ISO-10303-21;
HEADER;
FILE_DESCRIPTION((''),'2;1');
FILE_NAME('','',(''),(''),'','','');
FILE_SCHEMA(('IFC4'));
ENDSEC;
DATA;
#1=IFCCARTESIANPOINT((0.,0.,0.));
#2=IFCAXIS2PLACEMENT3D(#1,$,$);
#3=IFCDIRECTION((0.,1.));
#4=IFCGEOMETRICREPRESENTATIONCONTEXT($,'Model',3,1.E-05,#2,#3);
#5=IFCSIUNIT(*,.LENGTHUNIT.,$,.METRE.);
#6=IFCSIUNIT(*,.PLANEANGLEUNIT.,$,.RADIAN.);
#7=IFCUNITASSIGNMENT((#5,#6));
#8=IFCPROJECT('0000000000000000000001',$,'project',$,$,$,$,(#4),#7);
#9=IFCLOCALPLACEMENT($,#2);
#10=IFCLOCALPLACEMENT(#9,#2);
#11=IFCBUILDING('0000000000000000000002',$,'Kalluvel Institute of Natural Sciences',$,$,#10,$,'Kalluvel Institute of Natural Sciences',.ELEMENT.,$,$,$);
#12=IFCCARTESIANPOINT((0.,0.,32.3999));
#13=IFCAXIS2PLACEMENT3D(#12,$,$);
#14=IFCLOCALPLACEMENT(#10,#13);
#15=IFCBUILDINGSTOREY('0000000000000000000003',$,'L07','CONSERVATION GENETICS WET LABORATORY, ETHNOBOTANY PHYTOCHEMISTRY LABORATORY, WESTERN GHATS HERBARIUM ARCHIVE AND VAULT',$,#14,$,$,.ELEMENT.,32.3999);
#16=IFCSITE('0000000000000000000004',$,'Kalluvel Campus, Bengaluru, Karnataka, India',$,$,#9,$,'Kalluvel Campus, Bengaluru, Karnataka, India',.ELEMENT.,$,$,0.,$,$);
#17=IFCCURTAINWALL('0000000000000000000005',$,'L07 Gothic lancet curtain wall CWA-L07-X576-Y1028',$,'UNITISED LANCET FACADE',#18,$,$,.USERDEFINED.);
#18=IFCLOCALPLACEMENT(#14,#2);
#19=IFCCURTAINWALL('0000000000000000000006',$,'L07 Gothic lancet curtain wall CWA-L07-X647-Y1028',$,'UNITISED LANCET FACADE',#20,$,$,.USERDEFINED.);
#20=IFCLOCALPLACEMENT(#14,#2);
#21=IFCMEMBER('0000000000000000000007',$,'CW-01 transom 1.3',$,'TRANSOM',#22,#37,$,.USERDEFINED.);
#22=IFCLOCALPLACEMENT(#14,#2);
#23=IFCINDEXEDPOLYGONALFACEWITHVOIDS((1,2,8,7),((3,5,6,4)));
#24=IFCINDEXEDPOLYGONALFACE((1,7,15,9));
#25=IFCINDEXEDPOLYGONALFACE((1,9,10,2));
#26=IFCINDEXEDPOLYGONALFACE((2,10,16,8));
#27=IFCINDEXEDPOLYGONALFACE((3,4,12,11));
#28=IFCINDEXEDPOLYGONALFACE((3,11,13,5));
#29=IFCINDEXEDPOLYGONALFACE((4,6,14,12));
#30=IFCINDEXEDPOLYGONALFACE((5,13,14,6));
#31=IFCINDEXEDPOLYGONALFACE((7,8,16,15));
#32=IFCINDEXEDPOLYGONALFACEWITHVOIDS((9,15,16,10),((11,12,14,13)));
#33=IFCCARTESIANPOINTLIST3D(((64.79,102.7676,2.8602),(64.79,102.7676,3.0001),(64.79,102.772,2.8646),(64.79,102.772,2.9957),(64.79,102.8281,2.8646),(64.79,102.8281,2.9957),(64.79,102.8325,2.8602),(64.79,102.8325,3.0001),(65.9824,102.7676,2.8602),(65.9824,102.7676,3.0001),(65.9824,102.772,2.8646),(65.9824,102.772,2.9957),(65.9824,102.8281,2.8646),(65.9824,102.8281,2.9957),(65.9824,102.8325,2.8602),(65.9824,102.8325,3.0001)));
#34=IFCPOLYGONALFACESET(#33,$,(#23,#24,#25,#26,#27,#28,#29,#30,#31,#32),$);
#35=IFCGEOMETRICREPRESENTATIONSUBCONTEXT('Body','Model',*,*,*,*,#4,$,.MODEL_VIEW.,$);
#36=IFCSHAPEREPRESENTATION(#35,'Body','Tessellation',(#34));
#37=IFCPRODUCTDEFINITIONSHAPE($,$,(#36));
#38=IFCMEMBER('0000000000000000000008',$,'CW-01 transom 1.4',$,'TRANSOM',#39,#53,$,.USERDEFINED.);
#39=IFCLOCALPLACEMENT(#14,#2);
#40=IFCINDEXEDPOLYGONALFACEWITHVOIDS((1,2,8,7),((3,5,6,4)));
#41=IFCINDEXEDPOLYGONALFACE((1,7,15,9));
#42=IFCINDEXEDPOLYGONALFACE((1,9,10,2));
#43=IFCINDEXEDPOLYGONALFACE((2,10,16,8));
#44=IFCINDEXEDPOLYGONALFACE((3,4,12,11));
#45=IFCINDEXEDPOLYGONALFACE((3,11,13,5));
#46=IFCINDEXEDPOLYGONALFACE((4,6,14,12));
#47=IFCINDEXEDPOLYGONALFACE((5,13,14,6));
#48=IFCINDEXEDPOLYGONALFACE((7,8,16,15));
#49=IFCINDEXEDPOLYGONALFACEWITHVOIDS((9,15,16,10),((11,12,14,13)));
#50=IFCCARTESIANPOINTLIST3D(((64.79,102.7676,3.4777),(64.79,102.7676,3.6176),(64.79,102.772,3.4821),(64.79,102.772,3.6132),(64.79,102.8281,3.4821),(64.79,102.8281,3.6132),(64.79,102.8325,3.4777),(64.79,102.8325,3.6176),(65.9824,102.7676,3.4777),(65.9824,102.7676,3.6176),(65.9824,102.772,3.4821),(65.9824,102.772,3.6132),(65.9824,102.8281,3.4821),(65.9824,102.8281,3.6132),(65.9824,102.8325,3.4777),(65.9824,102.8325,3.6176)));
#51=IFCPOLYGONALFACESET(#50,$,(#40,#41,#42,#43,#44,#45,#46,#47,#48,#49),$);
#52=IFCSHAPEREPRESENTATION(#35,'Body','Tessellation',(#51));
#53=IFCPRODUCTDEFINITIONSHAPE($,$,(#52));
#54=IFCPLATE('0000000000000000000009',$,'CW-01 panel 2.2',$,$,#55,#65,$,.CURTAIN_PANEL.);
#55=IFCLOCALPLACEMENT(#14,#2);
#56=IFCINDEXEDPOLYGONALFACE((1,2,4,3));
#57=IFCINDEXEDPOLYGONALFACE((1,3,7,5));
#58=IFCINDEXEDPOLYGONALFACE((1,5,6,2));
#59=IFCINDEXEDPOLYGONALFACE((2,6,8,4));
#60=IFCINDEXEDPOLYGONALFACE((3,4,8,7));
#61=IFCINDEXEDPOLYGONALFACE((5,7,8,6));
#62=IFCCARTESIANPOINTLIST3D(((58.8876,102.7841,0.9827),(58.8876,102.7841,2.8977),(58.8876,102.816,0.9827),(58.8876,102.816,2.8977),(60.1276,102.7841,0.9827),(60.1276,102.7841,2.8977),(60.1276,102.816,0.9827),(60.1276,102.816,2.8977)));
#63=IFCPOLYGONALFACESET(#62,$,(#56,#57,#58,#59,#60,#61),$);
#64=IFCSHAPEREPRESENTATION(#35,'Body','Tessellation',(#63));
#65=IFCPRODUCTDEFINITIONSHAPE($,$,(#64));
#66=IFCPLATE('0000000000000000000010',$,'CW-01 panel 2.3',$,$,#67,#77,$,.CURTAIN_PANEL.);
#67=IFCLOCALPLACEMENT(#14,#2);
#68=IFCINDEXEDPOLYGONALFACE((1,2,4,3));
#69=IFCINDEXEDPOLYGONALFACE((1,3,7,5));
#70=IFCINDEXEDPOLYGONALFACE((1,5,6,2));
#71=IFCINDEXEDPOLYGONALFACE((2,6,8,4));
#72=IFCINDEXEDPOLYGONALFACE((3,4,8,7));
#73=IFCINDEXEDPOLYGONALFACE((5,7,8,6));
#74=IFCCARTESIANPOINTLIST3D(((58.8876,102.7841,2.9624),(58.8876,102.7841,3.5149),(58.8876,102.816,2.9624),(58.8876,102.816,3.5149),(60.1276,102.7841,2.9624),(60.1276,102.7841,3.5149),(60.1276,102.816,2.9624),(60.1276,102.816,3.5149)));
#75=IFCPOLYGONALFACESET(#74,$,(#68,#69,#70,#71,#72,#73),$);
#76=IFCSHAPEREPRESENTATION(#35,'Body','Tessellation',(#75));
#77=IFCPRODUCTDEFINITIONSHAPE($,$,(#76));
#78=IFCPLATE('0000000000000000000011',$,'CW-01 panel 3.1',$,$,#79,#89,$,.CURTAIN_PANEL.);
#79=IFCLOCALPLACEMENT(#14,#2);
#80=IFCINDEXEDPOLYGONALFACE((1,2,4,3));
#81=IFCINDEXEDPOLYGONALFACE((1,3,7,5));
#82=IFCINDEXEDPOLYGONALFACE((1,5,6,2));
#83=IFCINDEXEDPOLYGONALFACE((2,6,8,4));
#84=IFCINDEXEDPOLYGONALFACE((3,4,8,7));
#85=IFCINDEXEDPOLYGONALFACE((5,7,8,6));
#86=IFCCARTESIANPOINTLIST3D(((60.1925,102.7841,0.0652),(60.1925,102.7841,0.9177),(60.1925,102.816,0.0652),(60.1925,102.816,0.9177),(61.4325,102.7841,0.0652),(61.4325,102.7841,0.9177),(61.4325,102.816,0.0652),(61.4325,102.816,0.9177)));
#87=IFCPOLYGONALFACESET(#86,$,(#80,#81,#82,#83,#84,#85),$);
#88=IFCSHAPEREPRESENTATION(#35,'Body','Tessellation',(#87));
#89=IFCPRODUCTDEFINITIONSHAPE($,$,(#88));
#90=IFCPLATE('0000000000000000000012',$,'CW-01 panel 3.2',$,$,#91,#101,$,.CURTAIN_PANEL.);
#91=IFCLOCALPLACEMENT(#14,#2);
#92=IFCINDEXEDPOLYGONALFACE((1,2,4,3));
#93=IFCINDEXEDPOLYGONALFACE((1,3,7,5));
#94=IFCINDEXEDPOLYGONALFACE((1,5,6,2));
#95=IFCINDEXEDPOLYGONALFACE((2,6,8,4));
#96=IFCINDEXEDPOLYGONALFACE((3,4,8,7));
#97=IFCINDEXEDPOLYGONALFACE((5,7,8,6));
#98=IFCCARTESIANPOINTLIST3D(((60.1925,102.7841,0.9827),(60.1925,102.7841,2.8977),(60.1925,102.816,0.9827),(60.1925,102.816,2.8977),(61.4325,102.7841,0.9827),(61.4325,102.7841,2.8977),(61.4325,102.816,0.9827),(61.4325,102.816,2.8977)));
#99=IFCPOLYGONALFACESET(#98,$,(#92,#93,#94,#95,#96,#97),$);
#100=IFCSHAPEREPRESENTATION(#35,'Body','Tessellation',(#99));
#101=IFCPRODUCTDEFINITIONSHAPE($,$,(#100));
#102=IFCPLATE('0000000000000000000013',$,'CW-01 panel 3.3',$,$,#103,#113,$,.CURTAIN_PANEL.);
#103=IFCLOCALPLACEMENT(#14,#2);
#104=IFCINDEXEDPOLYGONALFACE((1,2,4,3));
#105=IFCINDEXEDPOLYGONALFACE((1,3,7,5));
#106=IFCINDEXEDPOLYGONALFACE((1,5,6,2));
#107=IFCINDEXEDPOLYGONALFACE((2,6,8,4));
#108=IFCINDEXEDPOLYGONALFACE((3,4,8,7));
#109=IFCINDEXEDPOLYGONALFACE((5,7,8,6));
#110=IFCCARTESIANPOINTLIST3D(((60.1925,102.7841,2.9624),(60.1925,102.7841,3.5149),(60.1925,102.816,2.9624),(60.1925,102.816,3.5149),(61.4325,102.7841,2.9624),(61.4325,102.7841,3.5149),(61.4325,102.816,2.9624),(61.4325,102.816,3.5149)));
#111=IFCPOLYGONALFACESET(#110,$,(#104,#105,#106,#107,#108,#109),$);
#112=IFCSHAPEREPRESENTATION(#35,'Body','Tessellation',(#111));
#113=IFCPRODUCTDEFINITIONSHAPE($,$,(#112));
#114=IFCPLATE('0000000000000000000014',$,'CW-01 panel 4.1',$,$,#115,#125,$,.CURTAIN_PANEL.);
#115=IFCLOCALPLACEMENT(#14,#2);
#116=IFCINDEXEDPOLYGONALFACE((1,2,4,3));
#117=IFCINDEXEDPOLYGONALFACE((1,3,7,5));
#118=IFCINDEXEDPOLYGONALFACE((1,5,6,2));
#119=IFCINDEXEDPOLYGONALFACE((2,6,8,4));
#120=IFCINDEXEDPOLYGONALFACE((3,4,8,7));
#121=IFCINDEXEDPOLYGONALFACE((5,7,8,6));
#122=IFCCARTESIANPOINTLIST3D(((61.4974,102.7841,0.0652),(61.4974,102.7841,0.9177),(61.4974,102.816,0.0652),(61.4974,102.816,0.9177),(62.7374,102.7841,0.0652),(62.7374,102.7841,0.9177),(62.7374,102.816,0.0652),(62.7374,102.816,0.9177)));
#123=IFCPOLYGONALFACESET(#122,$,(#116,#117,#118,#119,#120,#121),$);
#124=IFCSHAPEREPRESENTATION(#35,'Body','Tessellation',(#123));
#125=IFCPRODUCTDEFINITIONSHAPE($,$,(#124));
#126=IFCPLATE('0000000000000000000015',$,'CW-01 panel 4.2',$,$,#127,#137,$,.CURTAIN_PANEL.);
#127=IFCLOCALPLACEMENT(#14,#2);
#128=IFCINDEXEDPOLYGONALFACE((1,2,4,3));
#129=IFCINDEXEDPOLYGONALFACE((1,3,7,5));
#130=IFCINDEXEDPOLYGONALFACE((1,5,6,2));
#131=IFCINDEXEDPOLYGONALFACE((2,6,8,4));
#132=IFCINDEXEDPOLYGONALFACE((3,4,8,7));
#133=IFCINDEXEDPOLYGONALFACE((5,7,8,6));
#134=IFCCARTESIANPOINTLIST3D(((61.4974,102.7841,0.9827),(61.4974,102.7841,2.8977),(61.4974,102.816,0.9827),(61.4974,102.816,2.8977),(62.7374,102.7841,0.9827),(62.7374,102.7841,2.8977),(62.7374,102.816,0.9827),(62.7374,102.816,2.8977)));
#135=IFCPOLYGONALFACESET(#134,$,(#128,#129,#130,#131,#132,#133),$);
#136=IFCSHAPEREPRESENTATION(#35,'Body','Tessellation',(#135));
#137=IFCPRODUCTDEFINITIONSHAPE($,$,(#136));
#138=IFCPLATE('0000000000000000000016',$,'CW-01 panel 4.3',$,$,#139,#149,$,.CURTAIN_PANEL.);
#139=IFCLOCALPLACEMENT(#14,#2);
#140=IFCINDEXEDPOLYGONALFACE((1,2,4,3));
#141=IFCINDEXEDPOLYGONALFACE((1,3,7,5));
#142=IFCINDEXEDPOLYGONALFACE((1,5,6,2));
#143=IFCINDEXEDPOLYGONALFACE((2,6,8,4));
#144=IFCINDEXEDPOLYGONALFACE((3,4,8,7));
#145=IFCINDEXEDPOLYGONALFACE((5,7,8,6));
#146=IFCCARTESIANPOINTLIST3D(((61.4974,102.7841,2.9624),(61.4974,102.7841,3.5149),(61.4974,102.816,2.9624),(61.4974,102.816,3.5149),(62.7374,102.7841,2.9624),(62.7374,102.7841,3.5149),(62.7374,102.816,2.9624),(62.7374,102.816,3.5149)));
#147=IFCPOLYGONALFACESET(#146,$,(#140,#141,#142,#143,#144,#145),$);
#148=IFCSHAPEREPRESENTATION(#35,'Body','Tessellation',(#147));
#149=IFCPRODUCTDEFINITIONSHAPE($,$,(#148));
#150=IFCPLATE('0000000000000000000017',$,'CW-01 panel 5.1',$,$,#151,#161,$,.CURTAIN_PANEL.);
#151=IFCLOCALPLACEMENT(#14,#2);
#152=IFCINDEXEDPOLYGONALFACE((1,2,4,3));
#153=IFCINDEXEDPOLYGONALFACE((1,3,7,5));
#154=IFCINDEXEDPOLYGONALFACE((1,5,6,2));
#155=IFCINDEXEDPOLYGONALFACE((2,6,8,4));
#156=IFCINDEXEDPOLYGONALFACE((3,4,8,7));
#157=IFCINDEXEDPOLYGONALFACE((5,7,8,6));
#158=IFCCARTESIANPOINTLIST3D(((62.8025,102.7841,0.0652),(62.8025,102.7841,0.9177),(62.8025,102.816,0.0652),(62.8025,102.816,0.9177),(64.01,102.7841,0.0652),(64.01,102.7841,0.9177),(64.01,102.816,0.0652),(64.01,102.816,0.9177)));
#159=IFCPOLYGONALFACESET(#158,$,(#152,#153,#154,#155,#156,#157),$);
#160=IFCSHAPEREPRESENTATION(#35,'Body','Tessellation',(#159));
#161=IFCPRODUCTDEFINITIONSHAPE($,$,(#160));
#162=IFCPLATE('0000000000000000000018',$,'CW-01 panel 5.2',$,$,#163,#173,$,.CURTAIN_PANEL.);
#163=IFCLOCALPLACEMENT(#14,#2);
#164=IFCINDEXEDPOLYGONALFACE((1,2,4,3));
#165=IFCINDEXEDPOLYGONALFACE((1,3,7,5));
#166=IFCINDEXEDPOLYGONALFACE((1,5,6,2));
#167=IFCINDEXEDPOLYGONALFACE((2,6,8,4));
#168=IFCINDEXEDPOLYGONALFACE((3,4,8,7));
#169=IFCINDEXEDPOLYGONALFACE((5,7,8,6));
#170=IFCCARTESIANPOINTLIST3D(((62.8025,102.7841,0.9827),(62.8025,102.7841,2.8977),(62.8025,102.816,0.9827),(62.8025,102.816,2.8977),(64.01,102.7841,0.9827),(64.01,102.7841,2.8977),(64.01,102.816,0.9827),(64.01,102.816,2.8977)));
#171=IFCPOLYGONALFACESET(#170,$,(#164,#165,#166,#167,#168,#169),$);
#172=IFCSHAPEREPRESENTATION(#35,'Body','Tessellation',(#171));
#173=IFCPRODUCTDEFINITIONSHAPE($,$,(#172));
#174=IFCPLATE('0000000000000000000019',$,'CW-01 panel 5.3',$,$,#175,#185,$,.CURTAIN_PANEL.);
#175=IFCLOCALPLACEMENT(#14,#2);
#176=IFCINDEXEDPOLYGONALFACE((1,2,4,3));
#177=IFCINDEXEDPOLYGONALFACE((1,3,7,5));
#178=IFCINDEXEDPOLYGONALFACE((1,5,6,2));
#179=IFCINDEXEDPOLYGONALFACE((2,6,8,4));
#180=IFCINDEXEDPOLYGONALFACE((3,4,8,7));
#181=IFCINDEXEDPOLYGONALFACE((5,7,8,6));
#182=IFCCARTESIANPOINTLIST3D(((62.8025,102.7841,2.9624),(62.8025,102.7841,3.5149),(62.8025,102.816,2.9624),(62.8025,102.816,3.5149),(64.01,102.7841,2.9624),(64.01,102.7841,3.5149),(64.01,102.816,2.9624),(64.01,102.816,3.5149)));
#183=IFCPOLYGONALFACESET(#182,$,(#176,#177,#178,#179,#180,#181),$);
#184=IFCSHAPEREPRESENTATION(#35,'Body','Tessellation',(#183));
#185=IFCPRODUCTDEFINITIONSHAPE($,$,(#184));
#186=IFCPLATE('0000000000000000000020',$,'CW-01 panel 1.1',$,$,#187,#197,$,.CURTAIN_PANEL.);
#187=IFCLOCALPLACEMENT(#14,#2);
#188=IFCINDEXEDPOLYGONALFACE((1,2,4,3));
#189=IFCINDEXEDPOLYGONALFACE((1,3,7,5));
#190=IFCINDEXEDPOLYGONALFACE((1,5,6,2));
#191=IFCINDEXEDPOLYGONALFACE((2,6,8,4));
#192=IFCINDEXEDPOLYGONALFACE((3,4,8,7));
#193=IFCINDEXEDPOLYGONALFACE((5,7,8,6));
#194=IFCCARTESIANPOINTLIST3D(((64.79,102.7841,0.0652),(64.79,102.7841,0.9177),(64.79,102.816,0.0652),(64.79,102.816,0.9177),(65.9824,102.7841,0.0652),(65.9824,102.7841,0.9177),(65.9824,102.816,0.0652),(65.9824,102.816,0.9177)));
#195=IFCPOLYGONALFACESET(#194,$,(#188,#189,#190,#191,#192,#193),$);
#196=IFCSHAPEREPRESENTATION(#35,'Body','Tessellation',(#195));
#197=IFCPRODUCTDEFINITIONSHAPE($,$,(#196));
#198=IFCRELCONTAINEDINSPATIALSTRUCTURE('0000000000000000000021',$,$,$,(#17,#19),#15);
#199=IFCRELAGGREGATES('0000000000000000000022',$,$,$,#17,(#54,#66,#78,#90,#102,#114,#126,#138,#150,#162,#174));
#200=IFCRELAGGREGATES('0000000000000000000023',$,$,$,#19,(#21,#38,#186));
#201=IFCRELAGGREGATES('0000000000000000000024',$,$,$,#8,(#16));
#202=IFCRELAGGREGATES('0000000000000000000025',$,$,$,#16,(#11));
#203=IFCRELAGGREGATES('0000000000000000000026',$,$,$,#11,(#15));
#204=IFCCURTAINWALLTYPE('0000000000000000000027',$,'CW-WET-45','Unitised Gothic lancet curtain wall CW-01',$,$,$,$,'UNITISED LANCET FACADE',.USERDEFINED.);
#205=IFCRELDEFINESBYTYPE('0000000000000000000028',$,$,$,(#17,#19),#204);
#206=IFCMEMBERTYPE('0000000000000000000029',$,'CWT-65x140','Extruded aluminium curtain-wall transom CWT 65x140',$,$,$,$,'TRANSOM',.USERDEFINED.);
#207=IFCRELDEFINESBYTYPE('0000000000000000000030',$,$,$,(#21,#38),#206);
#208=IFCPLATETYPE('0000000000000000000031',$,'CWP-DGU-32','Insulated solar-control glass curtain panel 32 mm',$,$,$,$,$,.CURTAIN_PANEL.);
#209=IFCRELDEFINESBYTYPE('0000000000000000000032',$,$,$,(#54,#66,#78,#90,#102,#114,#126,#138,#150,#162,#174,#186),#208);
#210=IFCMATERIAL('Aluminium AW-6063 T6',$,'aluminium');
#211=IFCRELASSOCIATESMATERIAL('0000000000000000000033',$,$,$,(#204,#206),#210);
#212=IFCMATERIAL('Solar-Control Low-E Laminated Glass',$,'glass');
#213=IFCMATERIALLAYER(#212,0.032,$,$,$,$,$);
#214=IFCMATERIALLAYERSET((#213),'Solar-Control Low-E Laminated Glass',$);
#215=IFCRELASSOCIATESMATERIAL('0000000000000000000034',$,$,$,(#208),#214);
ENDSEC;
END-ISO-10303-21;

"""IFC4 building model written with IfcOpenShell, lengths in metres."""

from ifc_helpers import new_model, si_unit, direction, frame, origin, origin_2d, place, context, subcontext, project, spatial, rectangle, hollow_rectangle, extrude, material, layer, layer_set, material_profile, profile_set, type_object, element, aggregate, save


model = new_model("IFC4")

# Units and contexts
model_context = context("Model", 3, precision=1e-05, world=origin(), true_north=direction((0.0, 1.0)))
body_context = subcontext(model_context, "Body", "Model", "MODEL_VIEW")
ifc_project = project(units=[si_unit("LENGTHUNIT", "METRE"), si_unit("PLANEANGLEUNIT", "RADIAN")], contexts=[model_context])

# Site, building, storey
site_placement = place(None, origin())
site = spatial("IfcSite", under=ifc_project, at=site_placement, Name="Kalluvel Campus, Bengaluru, Karnataka, India", LongName="Kalluvel Campus, Bengaluru, Karnataka, India", CompositionType="ELEMENT", RefElevation=0.0)
building_placement = place(site_placement, origin())
building = spatial("IfcBuilding", under=site, at=building_placement, Name="Kalluvel Institute of Natural Sciences", LongName="Kalluvel Institute of Natural Sciences", CompositionType="ELEMENT")
storey_placement = place(building_placement, frame((0.0, 0.0, 32.3999)))
storey = spatial("IfcBuildingStorey", under=building, at=storey_placement, Name="L07", Description="CONSERVATION GENETICS WET LABORATORY, ETHNOBOTANY PHYTOCHEMISTRY LABORATORY, WESTERN GHATS HERBARIUM ARCHIVE AND VAULT", CompositionType="ELEMENT", Elevation=32.3999)

# Curtain walls
ifc_material_1 = material(Name="Aluminium AW-6063 T6", Category="aluminium")
curtain_wall_type = type_object("IfcCurtainWallType", Name="CW-WET-45", Description="Unitised Gothic lancet curtain wall CW-01", ElementType="UNITISED LANCET FACADE", PredefinedType="USERDEFINED", material=ifc_material_1)
curtain_wall_1_placement = place(storey_placement, origin())
curtain_wall_1 = element("IfcCurtainWall", 1, at=curtain_wall_1_placement, inside=storey, type_object=curtain_wall_type, Name="L07 Gothic lancet curtain wall CWA-L07-X576-Y1028", ObjectType="UNITISED LANCET FACADE", PredefinedType="USERDEFINED")
curtain_wall_2_placement = place(storey_placement, origin())
curtain_wall_2 = element("IfcCurtainWall", 2, at=curtain_wall_2_placement, inside=storey, type_object=curtain_wall_type, Name="L07 Gothic lancet curtain wall CWA-L07-X647-Y1028", ObjectType="UNITISED LANCET FACADE", PredefinedType="USERDEFINED")

# Members
ifc_material_profile_1 = material_profile(ifc_material_1, hollow_rectangle(XDim=0.0649, YDim=0.1399, WallThickness=0.0044, at=origin_2d()), Name="CWT 65x140")
ifc_profile_set_1 = profile_set([ifc_material_profile_1], Name="Aluminium AW-6063 T6")
member_type_1 = type_object("IfcMemberType", Name="CWT-65x140", Description="Extruded aluminium curtain-wall transom CWT 65x140", ElementType="TRANSOM", PredefinedType="USERDEFINED", material=ifc_profile_set_1)
member_1_placement = place(storey_placement, frame((64.79, 102.8, 2.9302), z_axis=(1.0, 0.0, 0.0), x_axis=(0.0, 1.0, 0.0)))
member_1 = element("IfcMember", 3, at=member_1_placement, type_object=member_type_1, Name="CW-01 transom 1.3", ObjectType="TRANSOM", PredefinedType="USERDEFINED", context=body_context, shape_type="SweptSolid", body=[
    extrude(hollow_rectangle(XDim=0.0649, YDim=0.1399, WallThickness=0.0044, at=origin_2d()), origin(), (0.0, 0.0, 1.0), 1.1924),
])
member_2_placement = place(storey_placement, frame((64.79, 102.8, 3.5476), z_axis=(1.0, 0.0, 0.0), x_axis=(0.0, 1.0, 0.0)))
member_2 = element("IfcMember", 4, at=member_2_placement, type_object=member_type_1, Name="CW-01 transom 1.4", ObjectType="TRANSOM", PredefinedType="USERDEFINED", context=body_context, shape_type="SweptSolid", body=[
    extrude(hollow_rectangle(XDim=0.0649, YDim=0.1399, WallThickness=0.0044, at=origin_2d()), origin(), (0.0, 0.0, 1.0), 1.1924),
])

# Plates
ifc_material_2 = material(Name="Solar-Control Low-E Laminated Glass", Category="glass")
ifc_layer = layer(ifc_material_2, 0.032)
ifc_layer_set = layer_set([ifc_layer], Name="Solar-Control Low-E Laminated Glass")
plate_type = type_object("IfcPlateType", Name="CWP-DGU-32", Description="Insulated solar-control glass curtain panel 32 mm", PredefinedType="CURTAIN_PANEL", material=ifc_layer_set)
plate_1_placement = place(storey_placement, frame((59.5076, 102.8, 0.9827), z_axis=(0.0, 0.0, 1.0), x_axis=(1.0, 0.0, 0.0)))
plate_1 = element("IfcPlate", 5, at=plate_1_placement, type_object=plate_type, Name="CW-01 panel 2.2", PredefinedType="CURTAIN_PANEL", context=body_context, shape_type="SweptSolid", body=[
    extrude(rectangle(XDim=1.24, YDim=0.032, at=origin_2d()), origin(), (0.0, 0.0, 1.0), 1.915),
])
plate_2_placement = place(storey_placement, frame((59.5076, 102.8, 2.9624), z_axis=(0.0, 0.0, 1.0), x_axis=(1.0, 0.0, 0.0)))
plate_2 = element("IfcPlate", 6, at=plate_2_placement, type_object=plate_type, Name="CW-01 panel 2.3", PredefinedType="CURTAIN_PANEL", context=body_context, shape_type="SweptSolid", body=[
    extrude(rectangle(XDim=1.24, YDim=0.032, at=origin_2d()), origin(), (0.0, 0.0, 1.0), 0.5525),
])
plate_3_placement = place(storey_placement, frame((60.8125, 102.8, 0.0652), z_axis=(0.0, 0.0, 1.0), x_axis=(1.0, 0.0, 0.0)))
plate_3 = element("IfcPlate", 7, at=plate_3_placement, type_object=plate_type, Name="CW-01 panel 3.1", PredefinedType="CURTAIN_PANEL", context=body_context, shape_type="SweptSolid", body=[
    extrude(rectangle(XDim=1.24, YDim=0.032, at=origin_2d()), origin(), (0.0, 0.0, 1.0), 0.8525),
])
plate_4_placement = place(storey_placement, frame((60.8125, 102.8, 0.9827), z_axis=(0.0, 0.0, 1.0), x_axis=(1.0, 0.0, 0.0)))
plate_4 = element("IfcPlate", 8, at=plate_4_placement, type_object=plate_type, Name="CW-01 panel 3.2", PredefinedType="CURTAIN_PANEL", context=body_context, shape_type="SweptSolid", body=[
    extrude(rectangle(XDim=1.24, YDim=0.032, at=origin_2d()), origin(), (0.0, 0.0, 1.0), 1.915),
])
plate_5_placement = place(storey_placement, frame((60.8125, 102.8, 2.9624), z_axis=(0.0, 0.0, 1.0), x_axis=(1.0, 0.0, 0.0)))
plate_5 = element("IfcPlate", 9, at=plate_5_placement, type_object=plate_type, Name="CW-01 panel 3.3", PredefinedType="CURTAIN_PANEL", context=body_context, shape_type="SweptSolid", body=[
    extrude(rectangle(XDim=1.24, YDim=0.032, at=origin_2d()), origin(), (0.0, 0.0, 1.0), 0.5525),
])
plate_6_placement = place(storey_placement, frame((62.1174, 102.8, 0.0652), z_axis=(0.0, 0.0, 1.0), x_axis=(1.0, 0.0, 0.0)))
plate_6 = element("IfcPlate", 10, at=plate_6_placement, type_object=plate_type, Name="CW-01 panel 4.1", PredefinedType="CURTAIN_PANEL", context=body_context, shape_type="SweptSolid", body=[
    extrude(rectangle(XDim=1.24, YDim=0.032, at=origin_2d()), origin(), (0.0, 0.0, 1.0), 0.8525),
])
plate_7_placement = place(storey_placement, frame((62.1174, 102.8, 0.9827), z_axis=(0.0, 0.0, 1.0), x_axis=(1.0, 0.0, 0.0)))
plate_7 = element("IfcPlate", 11, at=plate_7_placement, type_object=plate_type, Name="CW-01 panel 4.2", PredefinedType="CURTAIN_PANEL", context=body_context, shape_type="SweptSolid", body=[
    extrude(rectangle(XDim=1.24, YDim=0.032, at=origin_2d()), origin(), (0.0, 0.0, 1.0), 1.915),
])
plate_8_placement = place(storey_placement, frame((62.1174, 102.8, 2.9624), z_axis=(0.0, 0.0, 1.0), x_axis=(1.0, 0.0, 0.0)))
plate_8 = element("IfcPlate", 12, at=plate_8_placement, type_object=plate_type, Name="CW-01 panel 4.3", PredefinedType="CURTAIN_PANEL", context=body_context, shape_type="SweptSolid", body=[
    extrude(rectangle(XDim=1.24, YDim=0.032, at=origin_2d()), origin(), (0.0, 0.0, 1.0), 0.5525),
])
plate_9_placement = place(storey_placement, frame((63.4062, 102.8, 0.0652), z_axis=(0.0, 0.0, 1.0), x_axis=(1.0, 0.0, 0.0)))
plate_9 = element("IfcPlate", 13, at=plate_9_placement, type_object=plate_type, Name="CW-01 panel 5.1", PredefinedType="CURTAIN_PANEL", context=body_context, shape_type="SweptSolid", body=[
    extrude(rectangle(XDim=1.2075, YDim=0.032, at=origin_2d()), origin(), (0.0, 0.0, 1.0), 0.8525),
])
plate_10_placement = place(storey_placement, frame((63.4062, 102.8, 0.9827), z_axis=(0.0, 0.0, 1.0), x_axis=(1.0, 0.0, 0.0)))
plate_10 = element("IfcPlate", 14, at=plate_10_placement, type_object=plate_type, Name="CW-01 panel 5.2", PredefinedType="CURTAIN_PANEL", context=body_context, shape_type="SweptSolid", body=[
    extrude(rectangle(XDim=1.2075, YDim=0.032, at=origin_2d()), origin(), (0.0, 0.0, 1.0), 1.915),
])
plate_11_placement = place(storey_placement, frame((63.4062, 102.8, 2.9624), z_axis=(0.0, 0.0, 1.0), x_axis=(1.0, 0.0, 0.0)))
plate_11 = element("IfcPlate", 15, at=plate_11_placement, type_object=plate_type, Name="CW-01 panel 5.3", PredefinedType="CURTAIN_PANEL", context=body_context, shape_type="SweptSolid", body=[
    extrude(rectangle(XDim=1.2075, YDim=0.032, at=origin_2d()), origin(), (0.0, 0.0, 1.0), 0.5525),
])
aggregate(curtain_wall_1, [plate_1, plate_2, plate_3, plate_4, plate_5, plate_6, plate_7, plate_8, plate_9, plate_10, plate_11])
plate_12_placement = place(storey_placement, frame((65.3862, 102.8, 0.0652), z_axis=(0.0, 0.0, 1.0), x_axis=(1.0, 0.0, 0.0)))
plate_12 = element("IfcPlate", 16, at=plate_12_placement, type_object=plate_type, Name="CW-01 panel 1.1", PredefinedType="CURTAIN_PANEL", context=body_context, shape_type="SweptSolid", body=[
    extrude(rectangle(XDim=1.1924, YDim=0.032, at=origin_2d()), origin(), (0.0, 0.0, 1.0), 0.8525),
])
aggregate(curtain_wall_2, [member_1, member_2, plate_12])

save(model, "model.ifc")
